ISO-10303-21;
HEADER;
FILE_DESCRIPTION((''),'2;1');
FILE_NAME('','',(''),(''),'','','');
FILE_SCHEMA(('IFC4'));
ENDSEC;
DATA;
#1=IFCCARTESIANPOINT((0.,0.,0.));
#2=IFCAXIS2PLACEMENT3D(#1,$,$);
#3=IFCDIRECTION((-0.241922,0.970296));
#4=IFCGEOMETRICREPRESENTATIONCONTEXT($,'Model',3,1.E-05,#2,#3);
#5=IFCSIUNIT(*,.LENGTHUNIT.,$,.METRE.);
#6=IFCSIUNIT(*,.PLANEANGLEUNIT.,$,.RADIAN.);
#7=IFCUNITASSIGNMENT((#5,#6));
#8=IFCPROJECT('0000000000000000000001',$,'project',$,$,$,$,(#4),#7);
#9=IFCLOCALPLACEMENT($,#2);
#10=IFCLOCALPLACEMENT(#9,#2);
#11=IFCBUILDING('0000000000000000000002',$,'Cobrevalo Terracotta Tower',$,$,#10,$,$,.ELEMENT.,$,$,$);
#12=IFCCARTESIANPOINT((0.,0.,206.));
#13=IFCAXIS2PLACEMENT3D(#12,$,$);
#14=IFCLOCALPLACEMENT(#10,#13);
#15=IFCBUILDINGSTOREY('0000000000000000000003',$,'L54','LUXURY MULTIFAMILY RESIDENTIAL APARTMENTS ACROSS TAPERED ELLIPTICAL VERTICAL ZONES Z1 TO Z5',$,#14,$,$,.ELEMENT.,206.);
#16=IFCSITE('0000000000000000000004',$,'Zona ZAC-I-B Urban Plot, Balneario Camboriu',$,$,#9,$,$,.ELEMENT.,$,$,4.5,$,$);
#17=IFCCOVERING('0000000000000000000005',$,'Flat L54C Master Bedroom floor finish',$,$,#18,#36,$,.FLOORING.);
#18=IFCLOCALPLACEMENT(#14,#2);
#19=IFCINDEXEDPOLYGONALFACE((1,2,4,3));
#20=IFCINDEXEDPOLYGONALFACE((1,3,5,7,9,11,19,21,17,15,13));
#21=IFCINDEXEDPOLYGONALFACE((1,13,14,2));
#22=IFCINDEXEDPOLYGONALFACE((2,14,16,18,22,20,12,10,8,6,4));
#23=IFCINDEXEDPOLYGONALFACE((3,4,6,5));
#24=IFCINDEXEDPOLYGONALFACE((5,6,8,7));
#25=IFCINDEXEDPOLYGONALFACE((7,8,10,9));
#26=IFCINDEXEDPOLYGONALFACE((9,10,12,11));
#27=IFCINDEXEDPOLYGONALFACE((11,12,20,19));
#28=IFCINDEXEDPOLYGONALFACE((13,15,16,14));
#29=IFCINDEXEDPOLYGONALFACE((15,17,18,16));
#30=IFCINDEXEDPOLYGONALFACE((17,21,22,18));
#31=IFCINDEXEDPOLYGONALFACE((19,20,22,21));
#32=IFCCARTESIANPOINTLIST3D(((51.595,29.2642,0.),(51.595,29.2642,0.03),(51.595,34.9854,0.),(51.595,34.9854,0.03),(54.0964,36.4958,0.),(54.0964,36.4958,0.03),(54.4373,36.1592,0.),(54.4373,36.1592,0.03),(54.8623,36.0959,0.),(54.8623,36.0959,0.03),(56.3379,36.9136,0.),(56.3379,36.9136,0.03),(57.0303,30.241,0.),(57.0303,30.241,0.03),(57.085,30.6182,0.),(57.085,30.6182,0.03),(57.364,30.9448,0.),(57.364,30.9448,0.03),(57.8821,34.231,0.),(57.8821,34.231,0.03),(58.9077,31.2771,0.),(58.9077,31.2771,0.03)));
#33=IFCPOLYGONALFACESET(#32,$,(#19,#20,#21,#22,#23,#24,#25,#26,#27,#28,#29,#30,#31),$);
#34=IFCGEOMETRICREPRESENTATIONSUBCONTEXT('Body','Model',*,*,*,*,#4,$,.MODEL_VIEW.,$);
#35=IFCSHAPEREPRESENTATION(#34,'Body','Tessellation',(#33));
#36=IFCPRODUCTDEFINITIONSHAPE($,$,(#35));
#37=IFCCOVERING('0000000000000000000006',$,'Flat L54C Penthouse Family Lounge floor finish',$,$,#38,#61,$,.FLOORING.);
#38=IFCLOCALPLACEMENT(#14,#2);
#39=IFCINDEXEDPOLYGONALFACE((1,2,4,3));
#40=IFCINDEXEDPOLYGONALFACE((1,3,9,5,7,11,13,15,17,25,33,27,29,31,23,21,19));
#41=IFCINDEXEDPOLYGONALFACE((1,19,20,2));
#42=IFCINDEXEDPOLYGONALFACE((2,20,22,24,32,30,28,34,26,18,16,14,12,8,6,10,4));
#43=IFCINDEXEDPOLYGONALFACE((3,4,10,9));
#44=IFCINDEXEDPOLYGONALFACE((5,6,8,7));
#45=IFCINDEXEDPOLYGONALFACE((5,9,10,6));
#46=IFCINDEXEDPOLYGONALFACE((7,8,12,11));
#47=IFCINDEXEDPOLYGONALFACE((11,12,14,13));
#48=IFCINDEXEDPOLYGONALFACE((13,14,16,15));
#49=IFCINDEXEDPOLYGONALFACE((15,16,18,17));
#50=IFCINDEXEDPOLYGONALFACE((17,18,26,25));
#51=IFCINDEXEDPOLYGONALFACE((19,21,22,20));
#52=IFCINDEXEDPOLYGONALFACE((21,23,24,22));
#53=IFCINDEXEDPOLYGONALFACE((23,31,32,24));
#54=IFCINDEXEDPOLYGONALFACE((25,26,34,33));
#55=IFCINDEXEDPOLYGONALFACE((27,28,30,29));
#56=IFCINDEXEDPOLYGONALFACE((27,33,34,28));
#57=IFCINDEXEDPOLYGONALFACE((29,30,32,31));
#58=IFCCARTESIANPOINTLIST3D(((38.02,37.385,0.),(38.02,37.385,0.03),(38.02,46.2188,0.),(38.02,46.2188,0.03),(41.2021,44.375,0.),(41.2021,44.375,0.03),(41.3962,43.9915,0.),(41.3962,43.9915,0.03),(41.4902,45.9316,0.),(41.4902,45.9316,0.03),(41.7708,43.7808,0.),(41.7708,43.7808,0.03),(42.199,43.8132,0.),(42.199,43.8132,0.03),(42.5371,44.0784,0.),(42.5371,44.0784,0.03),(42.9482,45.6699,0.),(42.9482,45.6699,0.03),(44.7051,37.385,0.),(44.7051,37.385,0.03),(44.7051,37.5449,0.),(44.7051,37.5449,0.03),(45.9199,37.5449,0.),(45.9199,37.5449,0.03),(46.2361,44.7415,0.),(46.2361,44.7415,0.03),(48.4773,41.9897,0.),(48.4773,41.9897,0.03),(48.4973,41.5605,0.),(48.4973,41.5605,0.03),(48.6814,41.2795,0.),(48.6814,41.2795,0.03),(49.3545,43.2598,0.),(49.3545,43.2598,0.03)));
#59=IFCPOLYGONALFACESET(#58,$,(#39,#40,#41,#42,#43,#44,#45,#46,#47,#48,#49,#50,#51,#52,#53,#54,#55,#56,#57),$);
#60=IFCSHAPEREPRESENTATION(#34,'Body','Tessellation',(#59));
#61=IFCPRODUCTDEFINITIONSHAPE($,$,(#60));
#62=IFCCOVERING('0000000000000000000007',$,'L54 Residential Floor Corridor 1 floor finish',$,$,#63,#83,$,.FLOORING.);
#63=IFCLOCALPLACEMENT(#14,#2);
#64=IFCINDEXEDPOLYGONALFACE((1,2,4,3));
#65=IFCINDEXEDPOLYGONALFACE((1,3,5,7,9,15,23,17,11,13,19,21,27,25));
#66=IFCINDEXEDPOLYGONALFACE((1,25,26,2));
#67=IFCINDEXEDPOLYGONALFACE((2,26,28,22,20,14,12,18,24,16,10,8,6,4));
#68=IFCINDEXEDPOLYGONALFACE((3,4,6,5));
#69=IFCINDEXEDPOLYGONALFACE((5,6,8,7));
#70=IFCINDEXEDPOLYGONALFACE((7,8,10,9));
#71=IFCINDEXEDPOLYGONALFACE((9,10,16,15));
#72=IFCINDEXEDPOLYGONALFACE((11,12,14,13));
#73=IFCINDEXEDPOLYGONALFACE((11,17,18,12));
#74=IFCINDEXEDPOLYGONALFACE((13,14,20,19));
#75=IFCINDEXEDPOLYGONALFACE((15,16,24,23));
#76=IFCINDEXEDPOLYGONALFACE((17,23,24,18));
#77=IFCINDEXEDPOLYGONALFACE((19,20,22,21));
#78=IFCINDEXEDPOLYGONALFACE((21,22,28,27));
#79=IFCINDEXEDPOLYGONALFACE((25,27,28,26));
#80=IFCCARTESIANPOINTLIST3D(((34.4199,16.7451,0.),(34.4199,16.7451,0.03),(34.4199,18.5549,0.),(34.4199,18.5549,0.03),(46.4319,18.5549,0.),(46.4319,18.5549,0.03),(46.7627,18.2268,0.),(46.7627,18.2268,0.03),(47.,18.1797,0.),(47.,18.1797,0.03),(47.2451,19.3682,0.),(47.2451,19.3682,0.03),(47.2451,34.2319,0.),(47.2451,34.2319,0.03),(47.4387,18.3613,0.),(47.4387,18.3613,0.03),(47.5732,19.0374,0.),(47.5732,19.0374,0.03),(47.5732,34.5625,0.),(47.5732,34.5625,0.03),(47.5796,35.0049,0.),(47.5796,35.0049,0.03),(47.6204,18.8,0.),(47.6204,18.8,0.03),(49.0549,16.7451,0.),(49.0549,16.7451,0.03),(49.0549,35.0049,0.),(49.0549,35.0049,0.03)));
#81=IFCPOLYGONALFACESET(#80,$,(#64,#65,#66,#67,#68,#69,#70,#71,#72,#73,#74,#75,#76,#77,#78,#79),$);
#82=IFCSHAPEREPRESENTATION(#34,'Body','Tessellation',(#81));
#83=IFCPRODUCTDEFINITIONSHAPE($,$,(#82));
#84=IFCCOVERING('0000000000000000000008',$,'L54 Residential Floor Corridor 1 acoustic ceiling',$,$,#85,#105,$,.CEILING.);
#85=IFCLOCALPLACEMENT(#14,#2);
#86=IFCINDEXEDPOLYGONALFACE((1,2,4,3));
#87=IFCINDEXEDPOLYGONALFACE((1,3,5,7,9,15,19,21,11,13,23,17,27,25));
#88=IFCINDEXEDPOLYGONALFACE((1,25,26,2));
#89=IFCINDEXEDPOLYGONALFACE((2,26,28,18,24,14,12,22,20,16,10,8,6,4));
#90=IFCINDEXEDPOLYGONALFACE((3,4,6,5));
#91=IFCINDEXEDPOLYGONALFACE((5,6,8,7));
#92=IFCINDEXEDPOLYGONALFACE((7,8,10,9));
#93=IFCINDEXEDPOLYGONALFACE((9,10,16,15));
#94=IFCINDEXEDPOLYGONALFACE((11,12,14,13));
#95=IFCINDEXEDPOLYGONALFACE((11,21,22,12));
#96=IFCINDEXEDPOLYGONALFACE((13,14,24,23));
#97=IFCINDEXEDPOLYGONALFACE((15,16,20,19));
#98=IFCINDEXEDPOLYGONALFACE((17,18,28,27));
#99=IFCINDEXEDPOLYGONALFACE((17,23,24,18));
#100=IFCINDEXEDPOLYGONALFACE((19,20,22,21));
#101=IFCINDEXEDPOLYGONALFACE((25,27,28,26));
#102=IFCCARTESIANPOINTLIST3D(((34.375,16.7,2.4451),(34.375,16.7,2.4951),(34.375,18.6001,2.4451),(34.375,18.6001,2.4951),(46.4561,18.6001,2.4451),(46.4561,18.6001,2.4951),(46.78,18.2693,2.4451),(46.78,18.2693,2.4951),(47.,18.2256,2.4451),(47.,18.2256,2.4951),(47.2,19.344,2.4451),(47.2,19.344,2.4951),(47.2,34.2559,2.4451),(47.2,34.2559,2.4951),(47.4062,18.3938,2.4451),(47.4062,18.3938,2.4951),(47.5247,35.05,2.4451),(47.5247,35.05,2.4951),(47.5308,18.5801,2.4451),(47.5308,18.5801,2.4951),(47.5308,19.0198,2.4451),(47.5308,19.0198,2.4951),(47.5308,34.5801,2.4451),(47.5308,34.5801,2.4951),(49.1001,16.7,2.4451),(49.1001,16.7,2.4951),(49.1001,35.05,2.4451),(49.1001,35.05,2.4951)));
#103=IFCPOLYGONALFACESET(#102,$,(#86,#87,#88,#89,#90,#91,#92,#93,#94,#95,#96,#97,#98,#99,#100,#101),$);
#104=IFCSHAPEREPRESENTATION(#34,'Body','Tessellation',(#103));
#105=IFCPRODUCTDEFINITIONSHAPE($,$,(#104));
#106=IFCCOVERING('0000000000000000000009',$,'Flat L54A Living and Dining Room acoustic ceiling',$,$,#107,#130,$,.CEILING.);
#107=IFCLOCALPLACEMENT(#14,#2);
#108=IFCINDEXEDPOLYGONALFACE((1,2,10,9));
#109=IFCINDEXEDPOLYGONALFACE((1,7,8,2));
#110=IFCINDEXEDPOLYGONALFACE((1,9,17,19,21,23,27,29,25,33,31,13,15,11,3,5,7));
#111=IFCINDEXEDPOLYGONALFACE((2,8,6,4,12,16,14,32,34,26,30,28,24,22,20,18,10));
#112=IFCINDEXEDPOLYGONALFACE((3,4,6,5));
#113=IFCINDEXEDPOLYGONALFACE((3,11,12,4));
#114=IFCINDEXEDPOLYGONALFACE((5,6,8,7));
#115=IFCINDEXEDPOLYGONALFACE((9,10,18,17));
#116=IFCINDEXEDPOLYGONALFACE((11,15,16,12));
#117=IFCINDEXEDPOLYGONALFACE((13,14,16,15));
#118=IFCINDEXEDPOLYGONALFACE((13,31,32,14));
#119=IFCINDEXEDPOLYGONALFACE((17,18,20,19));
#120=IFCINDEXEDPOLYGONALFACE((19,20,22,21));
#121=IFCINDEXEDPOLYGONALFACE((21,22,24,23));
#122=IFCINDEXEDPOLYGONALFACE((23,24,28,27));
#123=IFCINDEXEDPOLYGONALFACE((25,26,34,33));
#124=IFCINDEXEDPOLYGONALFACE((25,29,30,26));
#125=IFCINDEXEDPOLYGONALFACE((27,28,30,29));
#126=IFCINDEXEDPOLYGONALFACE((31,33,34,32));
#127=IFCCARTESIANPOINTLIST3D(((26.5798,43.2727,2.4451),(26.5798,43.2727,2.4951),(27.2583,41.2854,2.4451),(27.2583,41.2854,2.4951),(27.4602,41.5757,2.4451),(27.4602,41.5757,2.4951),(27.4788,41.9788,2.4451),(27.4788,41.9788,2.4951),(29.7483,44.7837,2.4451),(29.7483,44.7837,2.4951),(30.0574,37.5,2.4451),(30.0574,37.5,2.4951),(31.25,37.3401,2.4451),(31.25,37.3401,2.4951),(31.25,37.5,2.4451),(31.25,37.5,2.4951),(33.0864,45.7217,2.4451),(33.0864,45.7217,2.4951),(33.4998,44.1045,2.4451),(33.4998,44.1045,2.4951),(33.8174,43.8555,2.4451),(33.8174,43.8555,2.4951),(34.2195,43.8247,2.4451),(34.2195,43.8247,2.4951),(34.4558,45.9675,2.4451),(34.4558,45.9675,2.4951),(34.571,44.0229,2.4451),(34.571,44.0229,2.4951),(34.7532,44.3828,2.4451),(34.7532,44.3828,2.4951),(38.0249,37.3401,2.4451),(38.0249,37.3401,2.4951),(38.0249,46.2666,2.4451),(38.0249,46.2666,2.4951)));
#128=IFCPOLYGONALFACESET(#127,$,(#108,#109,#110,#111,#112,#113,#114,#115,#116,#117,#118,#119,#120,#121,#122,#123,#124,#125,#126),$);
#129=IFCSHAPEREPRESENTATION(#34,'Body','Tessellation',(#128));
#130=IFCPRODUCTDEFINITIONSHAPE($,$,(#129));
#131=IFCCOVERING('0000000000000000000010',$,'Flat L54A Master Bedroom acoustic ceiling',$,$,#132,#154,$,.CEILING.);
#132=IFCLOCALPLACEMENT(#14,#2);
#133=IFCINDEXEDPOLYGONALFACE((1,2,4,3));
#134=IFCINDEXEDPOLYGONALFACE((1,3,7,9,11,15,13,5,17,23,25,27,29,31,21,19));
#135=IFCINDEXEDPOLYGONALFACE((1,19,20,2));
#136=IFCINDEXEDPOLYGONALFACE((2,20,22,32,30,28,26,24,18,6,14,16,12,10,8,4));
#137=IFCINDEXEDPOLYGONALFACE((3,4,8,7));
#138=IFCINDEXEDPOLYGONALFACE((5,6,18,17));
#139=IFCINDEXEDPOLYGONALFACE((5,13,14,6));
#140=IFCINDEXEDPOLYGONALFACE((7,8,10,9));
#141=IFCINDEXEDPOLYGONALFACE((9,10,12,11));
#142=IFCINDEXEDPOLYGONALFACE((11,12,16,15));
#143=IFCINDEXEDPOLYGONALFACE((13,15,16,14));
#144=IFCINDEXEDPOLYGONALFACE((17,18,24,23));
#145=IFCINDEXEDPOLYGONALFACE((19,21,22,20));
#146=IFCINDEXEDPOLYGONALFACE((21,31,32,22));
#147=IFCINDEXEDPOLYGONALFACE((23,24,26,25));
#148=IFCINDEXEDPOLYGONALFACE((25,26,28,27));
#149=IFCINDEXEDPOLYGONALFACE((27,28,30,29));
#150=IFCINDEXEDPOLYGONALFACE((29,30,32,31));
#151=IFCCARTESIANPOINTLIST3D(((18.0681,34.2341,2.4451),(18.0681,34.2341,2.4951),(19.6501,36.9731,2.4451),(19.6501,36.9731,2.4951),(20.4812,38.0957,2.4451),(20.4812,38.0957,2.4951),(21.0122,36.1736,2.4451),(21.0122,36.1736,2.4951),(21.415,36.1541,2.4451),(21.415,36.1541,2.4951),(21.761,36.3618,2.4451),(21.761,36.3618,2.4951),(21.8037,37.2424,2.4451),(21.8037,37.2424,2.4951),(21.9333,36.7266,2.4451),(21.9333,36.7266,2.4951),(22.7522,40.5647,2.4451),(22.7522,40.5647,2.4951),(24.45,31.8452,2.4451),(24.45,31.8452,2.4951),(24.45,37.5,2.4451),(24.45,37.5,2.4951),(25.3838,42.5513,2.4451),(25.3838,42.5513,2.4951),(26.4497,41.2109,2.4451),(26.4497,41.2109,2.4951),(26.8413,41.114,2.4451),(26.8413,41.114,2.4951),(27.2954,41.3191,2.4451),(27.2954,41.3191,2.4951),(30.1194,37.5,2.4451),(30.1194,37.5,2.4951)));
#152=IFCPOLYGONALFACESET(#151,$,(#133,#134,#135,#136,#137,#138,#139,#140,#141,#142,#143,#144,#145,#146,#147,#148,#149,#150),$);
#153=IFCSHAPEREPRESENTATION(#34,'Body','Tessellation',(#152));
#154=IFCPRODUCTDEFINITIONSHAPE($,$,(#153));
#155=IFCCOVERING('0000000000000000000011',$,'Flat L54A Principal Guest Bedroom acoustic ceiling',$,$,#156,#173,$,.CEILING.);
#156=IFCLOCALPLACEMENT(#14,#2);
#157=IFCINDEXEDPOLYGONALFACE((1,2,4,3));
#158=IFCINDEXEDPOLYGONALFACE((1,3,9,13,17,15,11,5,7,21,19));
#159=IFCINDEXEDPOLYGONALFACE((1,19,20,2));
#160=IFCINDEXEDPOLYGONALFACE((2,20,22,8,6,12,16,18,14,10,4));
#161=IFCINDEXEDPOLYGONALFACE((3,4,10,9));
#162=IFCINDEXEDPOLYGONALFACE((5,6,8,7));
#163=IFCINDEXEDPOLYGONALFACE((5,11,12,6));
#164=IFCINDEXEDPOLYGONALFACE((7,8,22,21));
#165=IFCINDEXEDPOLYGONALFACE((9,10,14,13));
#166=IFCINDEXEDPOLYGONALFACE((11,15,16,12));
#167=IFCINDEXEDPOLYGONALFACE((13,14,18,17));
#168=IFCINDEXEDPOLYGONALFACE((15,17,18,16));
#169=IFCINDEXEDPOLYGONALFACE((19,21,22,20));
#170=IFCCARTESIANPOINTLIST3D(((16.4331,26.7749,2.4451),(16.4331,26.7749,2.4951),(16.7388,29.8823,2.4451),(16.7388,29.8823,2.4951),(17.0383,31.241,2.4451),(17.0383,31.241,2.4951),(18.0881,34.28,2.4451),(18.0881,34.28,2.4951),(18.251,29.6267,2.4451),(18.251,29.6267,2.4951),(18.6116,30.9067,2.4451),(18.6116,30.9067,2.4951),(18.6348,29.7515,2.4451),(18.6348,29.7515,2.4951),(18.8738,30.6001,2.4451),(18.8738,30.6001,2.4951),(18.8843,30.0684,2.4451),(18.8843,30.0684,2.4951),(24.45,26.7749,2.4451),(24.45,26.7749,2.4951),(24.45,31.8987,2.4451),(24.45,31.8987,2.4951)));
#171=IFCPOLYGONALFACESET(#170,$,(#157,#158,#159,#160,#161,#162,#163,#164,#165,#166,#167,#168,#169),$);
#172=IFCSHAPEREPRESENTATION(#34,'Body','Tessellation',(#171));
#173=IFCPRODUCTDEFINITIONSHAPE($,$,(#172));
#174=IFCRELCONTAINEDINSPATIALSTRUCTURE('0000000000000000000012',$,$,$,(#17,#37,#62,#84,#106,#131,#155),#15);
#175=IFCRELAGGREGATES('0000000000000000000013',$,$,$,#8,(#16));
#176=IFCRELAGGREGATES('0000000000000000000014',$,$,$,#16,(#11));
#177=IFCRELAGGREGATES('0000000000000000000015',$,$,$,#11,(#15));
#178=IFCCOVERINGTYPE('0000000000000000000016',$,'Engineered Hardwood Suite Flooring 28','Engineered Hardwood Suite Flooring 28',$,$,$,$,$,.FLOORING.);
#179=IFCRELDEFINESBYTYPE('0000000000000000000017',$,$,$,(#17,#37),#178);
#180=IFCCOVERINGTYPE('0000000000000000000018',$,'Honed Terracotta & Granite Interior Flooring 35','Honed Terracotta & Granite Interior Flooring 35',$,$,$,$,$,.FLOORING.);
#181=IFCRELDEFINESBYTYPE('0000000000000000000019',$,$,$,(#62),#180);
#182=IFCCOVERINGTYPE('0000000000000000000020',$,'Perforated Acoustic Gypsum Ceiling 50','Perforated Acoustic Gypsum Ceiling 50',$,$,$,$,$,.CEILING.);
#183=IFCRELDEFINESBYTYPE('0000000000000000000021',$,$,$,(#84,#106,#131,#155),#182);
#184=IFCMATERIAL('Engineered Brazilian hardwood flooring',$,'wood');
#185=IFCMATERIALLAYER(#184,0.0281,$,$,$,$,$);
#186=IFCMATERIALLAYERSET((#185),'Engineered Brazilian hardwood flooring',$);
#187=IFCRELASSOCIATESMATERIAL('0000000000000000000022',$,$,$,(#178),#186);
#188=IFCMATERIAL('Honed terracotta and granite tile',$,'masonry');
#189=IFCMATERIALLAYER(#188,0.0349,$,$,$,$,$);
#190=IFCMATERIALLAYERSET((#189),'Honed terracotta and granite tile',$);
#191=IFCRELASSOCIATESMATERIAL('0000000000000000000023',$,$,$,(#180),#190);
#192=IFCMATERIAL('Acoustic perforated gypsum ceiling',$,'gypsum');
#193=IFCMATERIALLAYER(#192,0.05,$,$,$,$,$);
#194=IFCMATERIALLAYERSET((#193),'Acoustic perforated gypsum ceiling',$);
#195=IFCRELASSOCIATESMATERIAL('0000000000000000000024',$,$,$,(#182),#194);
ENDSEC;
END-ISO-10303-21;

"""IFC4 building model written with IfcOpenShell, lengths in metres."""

from ifc_helpers import new_model, si_unit, direction, frame, origin, place, context, subcontext, project, spatial, polyline, outline, extrude, material, layer, layer_set, type_object, element, save


model = new_model("IFC4")

# Units and contexts
model_context = context("Model", 3, precision=1e-05, world=origin(), true_north=direction((-0.241922, 0.970296)))
body_context = subcontext(model_context, "Body", "Model", "MODEL_VIEW")
ifc_project = project(units=[si_unit("LENGTHUNIT", "METRE"), si_unit("PLANEANGLEUNIT", "RADIAN")], contexts=[model_context])

# Site, building, storey
site_placement = place(None, origin())
site = spatial("IfcSite", under=ifc_project, at=site_placement, Name="Zona ZAC-I-B Urban Plot, Balneario Camboriu", CompositionType="ELEMENT", RefElevation=4.5)
building_placement = place(site_placement, origin())
building = spatial("IfcBuilding", under=site, at=building_placement, Name="Cobrevalo Terracotta Tower", CompositionType="ELEMENT")
storey_placement = place(building_placement, frame((0.0, 0.0, 206.0)))
storey = spatial("IfcBuildingStorey", under=building, at=storey_placement, Name="L54", Description="LUXURY MULTIFAMILY RESIDENTIAL APARTMENTS ACROSS TAPERED ELLIPTICAL VERTICAL ZONES Z1 TO Z5", CompositionType="ELEMENT", Elevation=206.0)

# Coverings
ifc_material_1 = material(Name="Engineered Brazilian hardwood flooring", Category="wood")
ifc_layer_1 = layer(ifc_material_1, 0.0281)
ifc_layer_set_1 = layer_set([ifc_layer_1], Name="Engineered Brazilian hardwood flooring")
covering_type_1 = type_object("IfcCoveringType", Name="Engineered Hardwood Suite Flooring 28", Description="Engineered Hardwood Suite Flooring 28", PredefinedType="FLOORING", material=ifc_layer_set_1)
covering_1_placement = place(storey_placement, origin())
element("IfcCovering", 1, at=covering_1_placement, inside=storey, type_object=covering_type_1, Name="Flat L54C Master Bedroom floor finish", PredefinedType="FLOORING", context=body_context, shape_type="SweptSolid", body=[
    extrude(outline(polyline([(54.0964, 36.4958), (54.4373, 36.1592), (54.8623, 36.0959), (56.3379, 36.9136), (57.8821, 34.231), (58.9077, 31.2771), (57.364, 30.9448), (57.085, 30.6182), (57.0303, 30.241), (51.595, 29.2642), (51.595, 34.9854), (54.0964, 36.4958)])), origin(), (0.0, 0.0, 1.0), 0.03),
])
covering_2_placement = place(storey_placement, origin())
element("IfcCovering", 2, at=covering_2_placement, inside=storey, type_object=covering_type_1, Name="Flat L54C Penthouse Family Lounge floor finish", PredefinedType="FLOORING", context=body_context, shape_type="SweptSolid", body=[
    extrude(outline(polyline([(44.7051, 37.385), (38.02, 37.385), (38.02, 46.2188), (41.4902, 45.9316), (41.2021, 44.375), (41.3962, 43.9915), (41.7708, 43.7808), (42.199, 43.8132), (42.5371, 44.0784), (42.9482, 45.6699), (46.2361, 44.7415), (49.3545, 43.2598), (48.4773, 41.9897), (48.4973, 41.5605), (48.6814, 41.2795), (45.9199, 37.5449), (44.7051, 37.5449), (44.7051, 37.385)])), origin(), (0.0, 0.0, 1.0), 0.03),
])
ifc_material_2 = material(Name="Honed terracotta and granite tile", Category="masonry")
ifc_layer_2 = layer(ifc_material_2, 0.0349)
ifc_layer_set_2 = layer_set([ifc_layer_2], Name="Honed terracotta and granite tile")
covering_type_2 = type_object("IfcCoveringType", Name="Honed Terracotta & Granite Interior Flooring 35", Description="Honed Terracotta & Granite Interior Flooring 35", PredefinedType="FLOORING", material=ifc_layer_set_2)
covering_3_placement = place(storey_placement, origin())
element("IfcCovering", 3, at=covering_3_placement, inside=storey, type_object=covering_type_2, Name="L54 Residential Floor Corridor 1 floor finish", PredefinedType="FLOORING", context=body_context, shape_type="SweptSolid", body=[
    extrude(outline(polyline([(34.4199, 18.5549), (46.4319, 18.5549), (46.7627, 18.2268), (47.0, 18.1797), (47.4387, 18.3613), (47.6204, 18.8), (47.5732, 19.0374), (47.2451, 19.3682), (47.2451, 34.2319), (47.5732, 34.5625), (47.5796, 35.0049), (49.0549, 35.0049), (49.0549, 16.7451), (34.4199, 16.7451), (34.4199, 18.5549)])), origin(), (0.0, 0.0, 1.0), 0.03),
])
ifc_material_3 = material(Name="Acoustic perforated gypsum ceiling", Category="gypsum")
ifc_layer_3 = layer(ifc_material_3, 0.05)
ifc_layer_set_3 = layer_set([ifc_layer_3], Name="Acoustic perforated gypsum ceiling")
covering_type_3 = type_object("IfcCoveringType", Name="Perforated Acoustic Gypsum Ceiling 50", Description="Perforated Acoustic Gypsum Ceiling 50", PredefinedType="CEILING", material=ifc_layer_set_3)
covering_4_placement = place(storey_placement, frame((0.0, 0.0, 2.4451)))
element("IfcCovering", 4, at=covering_4_placement, inside=storey, type_object=covering_type_3, Name="L54 Residential Floor Corridor 1 acoustic ceiling", PredefinedType="CEILING", context=body_context, shape_type="SweptSolid", body=[
    extrude(outline(polyline([(34.375, 18.6001), (46.4561, 18.6001), (46.78, 18.2693), (47.0, 18.2256), (47.4062, 18.3938), (47.5308, 18.5801), (47.5308, 19.0198), (47.2, 19.344), (47.2, 34.2559), (47.5308, 34.5801), (47.5247, 35.05), (49.1001, 35.05), (49.1001, 16.7), (34.375, 16.7), (34.375, 18.6001)])), origin(), (0.0, 0.0, 1.0), 0.05),
])
covering_5_placement = place(storey_placement, frame((0.0, 0.0, 2.4451)))
element("IfcCovering", 5, at=covering_5_placement, inside=storey, type_object=covering_type_3, Name="Flat L54A Living and Dining Room acoustic ceiling", PredefinedType="CEILING", context=body_context, shape_type="SweptSolid", body=[
    extrude(outline(polyline([(29.7483, 44.7837), (33.0864, 45.7217), (33.4998, 44.1045), (33.8174, 43.8555), (34.2195, 43.8247), (34.571, 44.0229), (34.7532, 44.3828), (34.4558, 45.9675), (38.0249, 46.2666), (38.0249, 37.3401), (31.25, 37.3401), (31.25, 37.5), (30.0574, 37.5), (27.2583, 41.2854), (27.4602, 41.5757), (27.4788, 41.9788), (26.5798, 43.2727), (29.7483, 44.7837)])), origin(), (0.0, 0.0, 1.0), 0.05),
])
covering_6_placement = place(storey_placement, frame((0.0, 0.0, 2.4451)))
element("IfcCovering", 6, at=covering_6_placement, inside=storey, type_object=covering_type_3, Name="Flat L54A Master Bedroom acoustic ceiling", PredefinedType="CEILING", context=body_context, shape_type="SweptSolid", body=[
    extrude(outline(polyline([(19.6501, 36.9731), (21.0122, 36.1736), (21.415, 36.1541), (21.761, 36.3618), (21.9333, 36.7266), (21.8037, 37.2424), (20.4812, 38.0957), (22.7522, 40.5647), (25.3838, 42.5513), (26.4497, 41.2109), (26.8413, 41.114), (27.2954, 41.3191), (30.1194, 37.5), (24.45, 37.5), (24.45, 31.8452), (18.0681, 34.2341), (19.6501, 36.9731)])), origin(), (0.0, 0.0, 1.0), 0.05),
])
covering_7_placement = place(storey_placement, frame((0.0, 0.0, 2.4451)))
element("IfcCovering", 7, at=covering_7_placement, inside=storey, type_object=covering_type_3, Name="Flat L54A Principal Guest Bedroom acoustic ceiling", PredefinedType="CEILING", context=body_context, shape_type="SweptSolid", body=[
    extrude(outline(polyline([(16.7388, 29.8823), (18.251, 29.6267), (18.6348, 29.7515), (18.8843, 30.0684), (18.8738, 30.6001), (18.6116, 30.9067), (17.0383, 31.241), (18.0881, 34.28), (24.45, 31.8987), (24.45, 26.7749), (16.4331, 26.7749), (16.7388, 29.8823)])), origin(), (0.0, 0.0, 1.0), 0.05),
])

save(model, "model.ifc")
